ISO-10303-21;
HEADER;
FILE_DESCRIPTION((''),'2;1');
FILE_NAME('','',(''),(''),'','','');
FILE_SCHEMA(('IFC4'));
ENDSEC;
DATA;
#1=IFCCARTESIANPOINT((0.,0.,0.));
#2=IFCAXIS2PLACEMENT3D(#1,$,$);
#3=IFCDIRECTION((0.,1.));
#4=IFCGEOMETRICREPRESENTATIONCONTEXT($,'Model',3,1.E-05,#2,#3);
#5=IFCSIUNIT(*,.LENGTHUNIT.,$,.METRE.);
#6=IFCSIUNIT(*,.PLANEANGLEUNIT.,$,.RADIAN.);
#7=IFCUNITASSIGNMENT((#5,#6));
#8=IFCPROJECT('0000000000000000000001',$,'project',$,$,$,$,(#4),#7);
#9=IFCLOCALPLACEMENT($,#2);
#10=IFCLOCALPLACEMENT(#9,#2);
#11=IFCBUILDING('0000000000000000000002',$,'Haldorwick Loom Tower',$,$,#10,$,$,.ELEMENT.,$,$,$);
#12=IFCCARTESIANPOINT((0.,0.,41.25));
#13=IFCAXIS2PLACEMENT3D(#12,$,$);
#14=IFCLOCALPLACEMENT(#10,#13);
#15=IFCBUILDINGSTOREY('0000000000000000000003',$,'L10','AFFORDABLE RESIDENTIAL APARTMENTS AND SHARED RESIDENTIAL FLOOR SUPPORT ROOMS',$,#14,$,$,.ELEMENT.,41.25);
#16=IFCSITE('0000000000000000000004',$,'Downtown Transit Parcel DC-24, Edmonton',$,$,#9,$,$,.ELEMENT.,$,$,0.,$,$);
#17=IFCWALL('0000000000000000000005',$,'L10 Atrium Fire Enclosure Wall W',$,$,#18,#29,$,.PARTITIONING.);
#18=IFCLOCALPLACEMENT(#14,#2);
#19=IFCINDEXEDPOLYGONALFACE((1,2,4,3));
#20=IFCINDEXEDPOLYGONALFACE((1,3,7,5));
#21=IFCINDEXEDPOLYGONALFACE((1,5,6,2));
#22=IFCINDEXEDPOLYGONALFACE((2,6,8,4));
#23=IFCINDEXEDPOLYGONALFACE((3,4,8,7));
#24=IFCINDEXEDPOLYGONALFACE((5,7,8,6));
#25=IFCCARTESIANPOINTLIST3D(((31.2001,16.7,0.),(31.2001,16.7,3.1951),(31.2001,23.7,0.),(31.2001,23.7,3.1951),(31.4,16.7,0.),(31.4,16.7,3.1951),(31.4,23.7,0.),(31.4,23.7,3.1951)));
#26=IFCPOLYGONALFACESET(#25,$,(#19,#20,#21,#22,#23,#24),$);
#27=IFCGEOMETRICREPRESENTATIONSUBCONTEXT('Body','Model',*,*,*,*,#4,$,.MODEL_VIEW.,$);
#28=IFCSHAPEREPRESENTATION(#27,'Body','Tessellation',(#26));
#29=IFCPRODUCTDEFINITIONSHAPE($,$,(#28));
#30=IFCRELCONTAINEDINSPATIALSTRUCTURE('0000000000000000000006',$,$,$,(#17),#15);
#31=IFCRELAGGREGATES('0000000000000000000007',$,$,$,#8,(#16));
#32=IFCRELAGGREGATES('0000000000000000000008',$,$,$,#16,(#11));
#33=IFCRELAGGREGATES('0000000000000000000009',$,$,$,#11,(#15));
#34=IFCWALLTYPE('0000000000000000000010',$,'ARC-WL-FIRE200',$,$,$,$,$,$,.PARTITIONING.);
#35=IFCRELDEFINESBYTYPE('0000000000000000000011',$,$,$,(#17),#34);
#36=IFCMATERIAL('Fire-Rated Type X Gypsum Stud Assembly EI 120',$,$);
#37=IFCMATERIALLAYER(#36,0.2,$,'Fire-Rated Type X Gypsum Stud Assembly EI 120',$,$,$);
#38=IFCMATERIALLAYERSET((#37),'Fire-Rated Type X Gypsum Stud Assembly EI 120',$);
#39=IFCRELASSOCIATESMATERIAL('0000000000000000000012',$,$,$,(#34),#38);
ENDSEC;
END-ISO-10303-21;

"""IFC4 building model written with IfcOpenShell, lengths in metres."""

from ifc_helpers import new_model, si_unit, direction, frame, frame_2d, origin, place, context, subcontext, project, spatial, rectangle, extrude, material, layer, layer_set, type_object, element, save


model = new_model("IFC4")

# Units and contexts
model_context = context("Model", 3, precision=1e-05, world=origin(), true_north=direction((0.0, 1.0)))
body_context = subcontext(model_context, "Body", "Model", "MODEL_VIEW")
ifc_project = project(units=[si_unit("LENGTHUNIT", "METRE"), si_unit("PLANEANGLEUNIT", "RADIAN")], contexts=[model_context])

# Site, building, storey
site_placement = place(None, origin())
site = spatial("IfcSite", under=ifc_project, at=site_placement, Name="Downtown Transit Parcel DC-24, Edmonton", CompositionType="ELEMENT", RefElevation=0.0)
building_placement = place(site_placement, origin())
building = spatial("IfcBuilding", under=site, at=building_placement, Name="Haldorwick Loom Tower", CompositionType="ELEMENT")
storey_placement = place(building_placement, frame((0.0, 0.0, 41.25)))
storey = spatial("IfcBuildingStorey", under=building, at=storey_placement, Name="L10", Description="AFFORDABLE RESIDENTIAL APARTMENTS AND SHARED RESIDENTIAL FLOOR SUPPORT ROOMS", CompositionType="ELEMENT", Elevation=41.25)

# Wall
ifc_material_1 = material(Name="Fire-Rated Type X Gypsum Stud Assembly EI 120")
ifc_layer_1 = layer(ifc_material_1, 0.2, Name="Fire-Rated Type X Gypsum Stud Assembly EI 120")
ifc_layer_set_1 = layer_set([ifc_layer_1], Name="Fire-Rated Type X Gypsum Stud Assembly EI 120")
wall_type_1 = type_object("IfcWallType", Name="ARC-WL-FIRE200", PredefinedType="PARTITIONING", material=ifc_layer_set_1)
wall_1_placement = place(storey_placement, frame((31.3, 16.7, 0.0), z_axis=(0.0, 0.0, 1.0), x_axis=(0.0, 1.0, 0.0)))
element("IfcWall", 1, at=wall_1_placement, inside=storey, type_object=wall_type_1, Name="L10 Atrium Fire Enclosure Wall W", PredefinedType="PARTITIONING", context=body_context, shape_type="SweptSolid", body=[
    extrude(rectangle(XDim=7.0, YDim=0.2, at=frame_2d((3.5, 0.0))), origin(), (0.0, 0.0, 1.0), 3.1951),
])

save(model, "model.ifc")
